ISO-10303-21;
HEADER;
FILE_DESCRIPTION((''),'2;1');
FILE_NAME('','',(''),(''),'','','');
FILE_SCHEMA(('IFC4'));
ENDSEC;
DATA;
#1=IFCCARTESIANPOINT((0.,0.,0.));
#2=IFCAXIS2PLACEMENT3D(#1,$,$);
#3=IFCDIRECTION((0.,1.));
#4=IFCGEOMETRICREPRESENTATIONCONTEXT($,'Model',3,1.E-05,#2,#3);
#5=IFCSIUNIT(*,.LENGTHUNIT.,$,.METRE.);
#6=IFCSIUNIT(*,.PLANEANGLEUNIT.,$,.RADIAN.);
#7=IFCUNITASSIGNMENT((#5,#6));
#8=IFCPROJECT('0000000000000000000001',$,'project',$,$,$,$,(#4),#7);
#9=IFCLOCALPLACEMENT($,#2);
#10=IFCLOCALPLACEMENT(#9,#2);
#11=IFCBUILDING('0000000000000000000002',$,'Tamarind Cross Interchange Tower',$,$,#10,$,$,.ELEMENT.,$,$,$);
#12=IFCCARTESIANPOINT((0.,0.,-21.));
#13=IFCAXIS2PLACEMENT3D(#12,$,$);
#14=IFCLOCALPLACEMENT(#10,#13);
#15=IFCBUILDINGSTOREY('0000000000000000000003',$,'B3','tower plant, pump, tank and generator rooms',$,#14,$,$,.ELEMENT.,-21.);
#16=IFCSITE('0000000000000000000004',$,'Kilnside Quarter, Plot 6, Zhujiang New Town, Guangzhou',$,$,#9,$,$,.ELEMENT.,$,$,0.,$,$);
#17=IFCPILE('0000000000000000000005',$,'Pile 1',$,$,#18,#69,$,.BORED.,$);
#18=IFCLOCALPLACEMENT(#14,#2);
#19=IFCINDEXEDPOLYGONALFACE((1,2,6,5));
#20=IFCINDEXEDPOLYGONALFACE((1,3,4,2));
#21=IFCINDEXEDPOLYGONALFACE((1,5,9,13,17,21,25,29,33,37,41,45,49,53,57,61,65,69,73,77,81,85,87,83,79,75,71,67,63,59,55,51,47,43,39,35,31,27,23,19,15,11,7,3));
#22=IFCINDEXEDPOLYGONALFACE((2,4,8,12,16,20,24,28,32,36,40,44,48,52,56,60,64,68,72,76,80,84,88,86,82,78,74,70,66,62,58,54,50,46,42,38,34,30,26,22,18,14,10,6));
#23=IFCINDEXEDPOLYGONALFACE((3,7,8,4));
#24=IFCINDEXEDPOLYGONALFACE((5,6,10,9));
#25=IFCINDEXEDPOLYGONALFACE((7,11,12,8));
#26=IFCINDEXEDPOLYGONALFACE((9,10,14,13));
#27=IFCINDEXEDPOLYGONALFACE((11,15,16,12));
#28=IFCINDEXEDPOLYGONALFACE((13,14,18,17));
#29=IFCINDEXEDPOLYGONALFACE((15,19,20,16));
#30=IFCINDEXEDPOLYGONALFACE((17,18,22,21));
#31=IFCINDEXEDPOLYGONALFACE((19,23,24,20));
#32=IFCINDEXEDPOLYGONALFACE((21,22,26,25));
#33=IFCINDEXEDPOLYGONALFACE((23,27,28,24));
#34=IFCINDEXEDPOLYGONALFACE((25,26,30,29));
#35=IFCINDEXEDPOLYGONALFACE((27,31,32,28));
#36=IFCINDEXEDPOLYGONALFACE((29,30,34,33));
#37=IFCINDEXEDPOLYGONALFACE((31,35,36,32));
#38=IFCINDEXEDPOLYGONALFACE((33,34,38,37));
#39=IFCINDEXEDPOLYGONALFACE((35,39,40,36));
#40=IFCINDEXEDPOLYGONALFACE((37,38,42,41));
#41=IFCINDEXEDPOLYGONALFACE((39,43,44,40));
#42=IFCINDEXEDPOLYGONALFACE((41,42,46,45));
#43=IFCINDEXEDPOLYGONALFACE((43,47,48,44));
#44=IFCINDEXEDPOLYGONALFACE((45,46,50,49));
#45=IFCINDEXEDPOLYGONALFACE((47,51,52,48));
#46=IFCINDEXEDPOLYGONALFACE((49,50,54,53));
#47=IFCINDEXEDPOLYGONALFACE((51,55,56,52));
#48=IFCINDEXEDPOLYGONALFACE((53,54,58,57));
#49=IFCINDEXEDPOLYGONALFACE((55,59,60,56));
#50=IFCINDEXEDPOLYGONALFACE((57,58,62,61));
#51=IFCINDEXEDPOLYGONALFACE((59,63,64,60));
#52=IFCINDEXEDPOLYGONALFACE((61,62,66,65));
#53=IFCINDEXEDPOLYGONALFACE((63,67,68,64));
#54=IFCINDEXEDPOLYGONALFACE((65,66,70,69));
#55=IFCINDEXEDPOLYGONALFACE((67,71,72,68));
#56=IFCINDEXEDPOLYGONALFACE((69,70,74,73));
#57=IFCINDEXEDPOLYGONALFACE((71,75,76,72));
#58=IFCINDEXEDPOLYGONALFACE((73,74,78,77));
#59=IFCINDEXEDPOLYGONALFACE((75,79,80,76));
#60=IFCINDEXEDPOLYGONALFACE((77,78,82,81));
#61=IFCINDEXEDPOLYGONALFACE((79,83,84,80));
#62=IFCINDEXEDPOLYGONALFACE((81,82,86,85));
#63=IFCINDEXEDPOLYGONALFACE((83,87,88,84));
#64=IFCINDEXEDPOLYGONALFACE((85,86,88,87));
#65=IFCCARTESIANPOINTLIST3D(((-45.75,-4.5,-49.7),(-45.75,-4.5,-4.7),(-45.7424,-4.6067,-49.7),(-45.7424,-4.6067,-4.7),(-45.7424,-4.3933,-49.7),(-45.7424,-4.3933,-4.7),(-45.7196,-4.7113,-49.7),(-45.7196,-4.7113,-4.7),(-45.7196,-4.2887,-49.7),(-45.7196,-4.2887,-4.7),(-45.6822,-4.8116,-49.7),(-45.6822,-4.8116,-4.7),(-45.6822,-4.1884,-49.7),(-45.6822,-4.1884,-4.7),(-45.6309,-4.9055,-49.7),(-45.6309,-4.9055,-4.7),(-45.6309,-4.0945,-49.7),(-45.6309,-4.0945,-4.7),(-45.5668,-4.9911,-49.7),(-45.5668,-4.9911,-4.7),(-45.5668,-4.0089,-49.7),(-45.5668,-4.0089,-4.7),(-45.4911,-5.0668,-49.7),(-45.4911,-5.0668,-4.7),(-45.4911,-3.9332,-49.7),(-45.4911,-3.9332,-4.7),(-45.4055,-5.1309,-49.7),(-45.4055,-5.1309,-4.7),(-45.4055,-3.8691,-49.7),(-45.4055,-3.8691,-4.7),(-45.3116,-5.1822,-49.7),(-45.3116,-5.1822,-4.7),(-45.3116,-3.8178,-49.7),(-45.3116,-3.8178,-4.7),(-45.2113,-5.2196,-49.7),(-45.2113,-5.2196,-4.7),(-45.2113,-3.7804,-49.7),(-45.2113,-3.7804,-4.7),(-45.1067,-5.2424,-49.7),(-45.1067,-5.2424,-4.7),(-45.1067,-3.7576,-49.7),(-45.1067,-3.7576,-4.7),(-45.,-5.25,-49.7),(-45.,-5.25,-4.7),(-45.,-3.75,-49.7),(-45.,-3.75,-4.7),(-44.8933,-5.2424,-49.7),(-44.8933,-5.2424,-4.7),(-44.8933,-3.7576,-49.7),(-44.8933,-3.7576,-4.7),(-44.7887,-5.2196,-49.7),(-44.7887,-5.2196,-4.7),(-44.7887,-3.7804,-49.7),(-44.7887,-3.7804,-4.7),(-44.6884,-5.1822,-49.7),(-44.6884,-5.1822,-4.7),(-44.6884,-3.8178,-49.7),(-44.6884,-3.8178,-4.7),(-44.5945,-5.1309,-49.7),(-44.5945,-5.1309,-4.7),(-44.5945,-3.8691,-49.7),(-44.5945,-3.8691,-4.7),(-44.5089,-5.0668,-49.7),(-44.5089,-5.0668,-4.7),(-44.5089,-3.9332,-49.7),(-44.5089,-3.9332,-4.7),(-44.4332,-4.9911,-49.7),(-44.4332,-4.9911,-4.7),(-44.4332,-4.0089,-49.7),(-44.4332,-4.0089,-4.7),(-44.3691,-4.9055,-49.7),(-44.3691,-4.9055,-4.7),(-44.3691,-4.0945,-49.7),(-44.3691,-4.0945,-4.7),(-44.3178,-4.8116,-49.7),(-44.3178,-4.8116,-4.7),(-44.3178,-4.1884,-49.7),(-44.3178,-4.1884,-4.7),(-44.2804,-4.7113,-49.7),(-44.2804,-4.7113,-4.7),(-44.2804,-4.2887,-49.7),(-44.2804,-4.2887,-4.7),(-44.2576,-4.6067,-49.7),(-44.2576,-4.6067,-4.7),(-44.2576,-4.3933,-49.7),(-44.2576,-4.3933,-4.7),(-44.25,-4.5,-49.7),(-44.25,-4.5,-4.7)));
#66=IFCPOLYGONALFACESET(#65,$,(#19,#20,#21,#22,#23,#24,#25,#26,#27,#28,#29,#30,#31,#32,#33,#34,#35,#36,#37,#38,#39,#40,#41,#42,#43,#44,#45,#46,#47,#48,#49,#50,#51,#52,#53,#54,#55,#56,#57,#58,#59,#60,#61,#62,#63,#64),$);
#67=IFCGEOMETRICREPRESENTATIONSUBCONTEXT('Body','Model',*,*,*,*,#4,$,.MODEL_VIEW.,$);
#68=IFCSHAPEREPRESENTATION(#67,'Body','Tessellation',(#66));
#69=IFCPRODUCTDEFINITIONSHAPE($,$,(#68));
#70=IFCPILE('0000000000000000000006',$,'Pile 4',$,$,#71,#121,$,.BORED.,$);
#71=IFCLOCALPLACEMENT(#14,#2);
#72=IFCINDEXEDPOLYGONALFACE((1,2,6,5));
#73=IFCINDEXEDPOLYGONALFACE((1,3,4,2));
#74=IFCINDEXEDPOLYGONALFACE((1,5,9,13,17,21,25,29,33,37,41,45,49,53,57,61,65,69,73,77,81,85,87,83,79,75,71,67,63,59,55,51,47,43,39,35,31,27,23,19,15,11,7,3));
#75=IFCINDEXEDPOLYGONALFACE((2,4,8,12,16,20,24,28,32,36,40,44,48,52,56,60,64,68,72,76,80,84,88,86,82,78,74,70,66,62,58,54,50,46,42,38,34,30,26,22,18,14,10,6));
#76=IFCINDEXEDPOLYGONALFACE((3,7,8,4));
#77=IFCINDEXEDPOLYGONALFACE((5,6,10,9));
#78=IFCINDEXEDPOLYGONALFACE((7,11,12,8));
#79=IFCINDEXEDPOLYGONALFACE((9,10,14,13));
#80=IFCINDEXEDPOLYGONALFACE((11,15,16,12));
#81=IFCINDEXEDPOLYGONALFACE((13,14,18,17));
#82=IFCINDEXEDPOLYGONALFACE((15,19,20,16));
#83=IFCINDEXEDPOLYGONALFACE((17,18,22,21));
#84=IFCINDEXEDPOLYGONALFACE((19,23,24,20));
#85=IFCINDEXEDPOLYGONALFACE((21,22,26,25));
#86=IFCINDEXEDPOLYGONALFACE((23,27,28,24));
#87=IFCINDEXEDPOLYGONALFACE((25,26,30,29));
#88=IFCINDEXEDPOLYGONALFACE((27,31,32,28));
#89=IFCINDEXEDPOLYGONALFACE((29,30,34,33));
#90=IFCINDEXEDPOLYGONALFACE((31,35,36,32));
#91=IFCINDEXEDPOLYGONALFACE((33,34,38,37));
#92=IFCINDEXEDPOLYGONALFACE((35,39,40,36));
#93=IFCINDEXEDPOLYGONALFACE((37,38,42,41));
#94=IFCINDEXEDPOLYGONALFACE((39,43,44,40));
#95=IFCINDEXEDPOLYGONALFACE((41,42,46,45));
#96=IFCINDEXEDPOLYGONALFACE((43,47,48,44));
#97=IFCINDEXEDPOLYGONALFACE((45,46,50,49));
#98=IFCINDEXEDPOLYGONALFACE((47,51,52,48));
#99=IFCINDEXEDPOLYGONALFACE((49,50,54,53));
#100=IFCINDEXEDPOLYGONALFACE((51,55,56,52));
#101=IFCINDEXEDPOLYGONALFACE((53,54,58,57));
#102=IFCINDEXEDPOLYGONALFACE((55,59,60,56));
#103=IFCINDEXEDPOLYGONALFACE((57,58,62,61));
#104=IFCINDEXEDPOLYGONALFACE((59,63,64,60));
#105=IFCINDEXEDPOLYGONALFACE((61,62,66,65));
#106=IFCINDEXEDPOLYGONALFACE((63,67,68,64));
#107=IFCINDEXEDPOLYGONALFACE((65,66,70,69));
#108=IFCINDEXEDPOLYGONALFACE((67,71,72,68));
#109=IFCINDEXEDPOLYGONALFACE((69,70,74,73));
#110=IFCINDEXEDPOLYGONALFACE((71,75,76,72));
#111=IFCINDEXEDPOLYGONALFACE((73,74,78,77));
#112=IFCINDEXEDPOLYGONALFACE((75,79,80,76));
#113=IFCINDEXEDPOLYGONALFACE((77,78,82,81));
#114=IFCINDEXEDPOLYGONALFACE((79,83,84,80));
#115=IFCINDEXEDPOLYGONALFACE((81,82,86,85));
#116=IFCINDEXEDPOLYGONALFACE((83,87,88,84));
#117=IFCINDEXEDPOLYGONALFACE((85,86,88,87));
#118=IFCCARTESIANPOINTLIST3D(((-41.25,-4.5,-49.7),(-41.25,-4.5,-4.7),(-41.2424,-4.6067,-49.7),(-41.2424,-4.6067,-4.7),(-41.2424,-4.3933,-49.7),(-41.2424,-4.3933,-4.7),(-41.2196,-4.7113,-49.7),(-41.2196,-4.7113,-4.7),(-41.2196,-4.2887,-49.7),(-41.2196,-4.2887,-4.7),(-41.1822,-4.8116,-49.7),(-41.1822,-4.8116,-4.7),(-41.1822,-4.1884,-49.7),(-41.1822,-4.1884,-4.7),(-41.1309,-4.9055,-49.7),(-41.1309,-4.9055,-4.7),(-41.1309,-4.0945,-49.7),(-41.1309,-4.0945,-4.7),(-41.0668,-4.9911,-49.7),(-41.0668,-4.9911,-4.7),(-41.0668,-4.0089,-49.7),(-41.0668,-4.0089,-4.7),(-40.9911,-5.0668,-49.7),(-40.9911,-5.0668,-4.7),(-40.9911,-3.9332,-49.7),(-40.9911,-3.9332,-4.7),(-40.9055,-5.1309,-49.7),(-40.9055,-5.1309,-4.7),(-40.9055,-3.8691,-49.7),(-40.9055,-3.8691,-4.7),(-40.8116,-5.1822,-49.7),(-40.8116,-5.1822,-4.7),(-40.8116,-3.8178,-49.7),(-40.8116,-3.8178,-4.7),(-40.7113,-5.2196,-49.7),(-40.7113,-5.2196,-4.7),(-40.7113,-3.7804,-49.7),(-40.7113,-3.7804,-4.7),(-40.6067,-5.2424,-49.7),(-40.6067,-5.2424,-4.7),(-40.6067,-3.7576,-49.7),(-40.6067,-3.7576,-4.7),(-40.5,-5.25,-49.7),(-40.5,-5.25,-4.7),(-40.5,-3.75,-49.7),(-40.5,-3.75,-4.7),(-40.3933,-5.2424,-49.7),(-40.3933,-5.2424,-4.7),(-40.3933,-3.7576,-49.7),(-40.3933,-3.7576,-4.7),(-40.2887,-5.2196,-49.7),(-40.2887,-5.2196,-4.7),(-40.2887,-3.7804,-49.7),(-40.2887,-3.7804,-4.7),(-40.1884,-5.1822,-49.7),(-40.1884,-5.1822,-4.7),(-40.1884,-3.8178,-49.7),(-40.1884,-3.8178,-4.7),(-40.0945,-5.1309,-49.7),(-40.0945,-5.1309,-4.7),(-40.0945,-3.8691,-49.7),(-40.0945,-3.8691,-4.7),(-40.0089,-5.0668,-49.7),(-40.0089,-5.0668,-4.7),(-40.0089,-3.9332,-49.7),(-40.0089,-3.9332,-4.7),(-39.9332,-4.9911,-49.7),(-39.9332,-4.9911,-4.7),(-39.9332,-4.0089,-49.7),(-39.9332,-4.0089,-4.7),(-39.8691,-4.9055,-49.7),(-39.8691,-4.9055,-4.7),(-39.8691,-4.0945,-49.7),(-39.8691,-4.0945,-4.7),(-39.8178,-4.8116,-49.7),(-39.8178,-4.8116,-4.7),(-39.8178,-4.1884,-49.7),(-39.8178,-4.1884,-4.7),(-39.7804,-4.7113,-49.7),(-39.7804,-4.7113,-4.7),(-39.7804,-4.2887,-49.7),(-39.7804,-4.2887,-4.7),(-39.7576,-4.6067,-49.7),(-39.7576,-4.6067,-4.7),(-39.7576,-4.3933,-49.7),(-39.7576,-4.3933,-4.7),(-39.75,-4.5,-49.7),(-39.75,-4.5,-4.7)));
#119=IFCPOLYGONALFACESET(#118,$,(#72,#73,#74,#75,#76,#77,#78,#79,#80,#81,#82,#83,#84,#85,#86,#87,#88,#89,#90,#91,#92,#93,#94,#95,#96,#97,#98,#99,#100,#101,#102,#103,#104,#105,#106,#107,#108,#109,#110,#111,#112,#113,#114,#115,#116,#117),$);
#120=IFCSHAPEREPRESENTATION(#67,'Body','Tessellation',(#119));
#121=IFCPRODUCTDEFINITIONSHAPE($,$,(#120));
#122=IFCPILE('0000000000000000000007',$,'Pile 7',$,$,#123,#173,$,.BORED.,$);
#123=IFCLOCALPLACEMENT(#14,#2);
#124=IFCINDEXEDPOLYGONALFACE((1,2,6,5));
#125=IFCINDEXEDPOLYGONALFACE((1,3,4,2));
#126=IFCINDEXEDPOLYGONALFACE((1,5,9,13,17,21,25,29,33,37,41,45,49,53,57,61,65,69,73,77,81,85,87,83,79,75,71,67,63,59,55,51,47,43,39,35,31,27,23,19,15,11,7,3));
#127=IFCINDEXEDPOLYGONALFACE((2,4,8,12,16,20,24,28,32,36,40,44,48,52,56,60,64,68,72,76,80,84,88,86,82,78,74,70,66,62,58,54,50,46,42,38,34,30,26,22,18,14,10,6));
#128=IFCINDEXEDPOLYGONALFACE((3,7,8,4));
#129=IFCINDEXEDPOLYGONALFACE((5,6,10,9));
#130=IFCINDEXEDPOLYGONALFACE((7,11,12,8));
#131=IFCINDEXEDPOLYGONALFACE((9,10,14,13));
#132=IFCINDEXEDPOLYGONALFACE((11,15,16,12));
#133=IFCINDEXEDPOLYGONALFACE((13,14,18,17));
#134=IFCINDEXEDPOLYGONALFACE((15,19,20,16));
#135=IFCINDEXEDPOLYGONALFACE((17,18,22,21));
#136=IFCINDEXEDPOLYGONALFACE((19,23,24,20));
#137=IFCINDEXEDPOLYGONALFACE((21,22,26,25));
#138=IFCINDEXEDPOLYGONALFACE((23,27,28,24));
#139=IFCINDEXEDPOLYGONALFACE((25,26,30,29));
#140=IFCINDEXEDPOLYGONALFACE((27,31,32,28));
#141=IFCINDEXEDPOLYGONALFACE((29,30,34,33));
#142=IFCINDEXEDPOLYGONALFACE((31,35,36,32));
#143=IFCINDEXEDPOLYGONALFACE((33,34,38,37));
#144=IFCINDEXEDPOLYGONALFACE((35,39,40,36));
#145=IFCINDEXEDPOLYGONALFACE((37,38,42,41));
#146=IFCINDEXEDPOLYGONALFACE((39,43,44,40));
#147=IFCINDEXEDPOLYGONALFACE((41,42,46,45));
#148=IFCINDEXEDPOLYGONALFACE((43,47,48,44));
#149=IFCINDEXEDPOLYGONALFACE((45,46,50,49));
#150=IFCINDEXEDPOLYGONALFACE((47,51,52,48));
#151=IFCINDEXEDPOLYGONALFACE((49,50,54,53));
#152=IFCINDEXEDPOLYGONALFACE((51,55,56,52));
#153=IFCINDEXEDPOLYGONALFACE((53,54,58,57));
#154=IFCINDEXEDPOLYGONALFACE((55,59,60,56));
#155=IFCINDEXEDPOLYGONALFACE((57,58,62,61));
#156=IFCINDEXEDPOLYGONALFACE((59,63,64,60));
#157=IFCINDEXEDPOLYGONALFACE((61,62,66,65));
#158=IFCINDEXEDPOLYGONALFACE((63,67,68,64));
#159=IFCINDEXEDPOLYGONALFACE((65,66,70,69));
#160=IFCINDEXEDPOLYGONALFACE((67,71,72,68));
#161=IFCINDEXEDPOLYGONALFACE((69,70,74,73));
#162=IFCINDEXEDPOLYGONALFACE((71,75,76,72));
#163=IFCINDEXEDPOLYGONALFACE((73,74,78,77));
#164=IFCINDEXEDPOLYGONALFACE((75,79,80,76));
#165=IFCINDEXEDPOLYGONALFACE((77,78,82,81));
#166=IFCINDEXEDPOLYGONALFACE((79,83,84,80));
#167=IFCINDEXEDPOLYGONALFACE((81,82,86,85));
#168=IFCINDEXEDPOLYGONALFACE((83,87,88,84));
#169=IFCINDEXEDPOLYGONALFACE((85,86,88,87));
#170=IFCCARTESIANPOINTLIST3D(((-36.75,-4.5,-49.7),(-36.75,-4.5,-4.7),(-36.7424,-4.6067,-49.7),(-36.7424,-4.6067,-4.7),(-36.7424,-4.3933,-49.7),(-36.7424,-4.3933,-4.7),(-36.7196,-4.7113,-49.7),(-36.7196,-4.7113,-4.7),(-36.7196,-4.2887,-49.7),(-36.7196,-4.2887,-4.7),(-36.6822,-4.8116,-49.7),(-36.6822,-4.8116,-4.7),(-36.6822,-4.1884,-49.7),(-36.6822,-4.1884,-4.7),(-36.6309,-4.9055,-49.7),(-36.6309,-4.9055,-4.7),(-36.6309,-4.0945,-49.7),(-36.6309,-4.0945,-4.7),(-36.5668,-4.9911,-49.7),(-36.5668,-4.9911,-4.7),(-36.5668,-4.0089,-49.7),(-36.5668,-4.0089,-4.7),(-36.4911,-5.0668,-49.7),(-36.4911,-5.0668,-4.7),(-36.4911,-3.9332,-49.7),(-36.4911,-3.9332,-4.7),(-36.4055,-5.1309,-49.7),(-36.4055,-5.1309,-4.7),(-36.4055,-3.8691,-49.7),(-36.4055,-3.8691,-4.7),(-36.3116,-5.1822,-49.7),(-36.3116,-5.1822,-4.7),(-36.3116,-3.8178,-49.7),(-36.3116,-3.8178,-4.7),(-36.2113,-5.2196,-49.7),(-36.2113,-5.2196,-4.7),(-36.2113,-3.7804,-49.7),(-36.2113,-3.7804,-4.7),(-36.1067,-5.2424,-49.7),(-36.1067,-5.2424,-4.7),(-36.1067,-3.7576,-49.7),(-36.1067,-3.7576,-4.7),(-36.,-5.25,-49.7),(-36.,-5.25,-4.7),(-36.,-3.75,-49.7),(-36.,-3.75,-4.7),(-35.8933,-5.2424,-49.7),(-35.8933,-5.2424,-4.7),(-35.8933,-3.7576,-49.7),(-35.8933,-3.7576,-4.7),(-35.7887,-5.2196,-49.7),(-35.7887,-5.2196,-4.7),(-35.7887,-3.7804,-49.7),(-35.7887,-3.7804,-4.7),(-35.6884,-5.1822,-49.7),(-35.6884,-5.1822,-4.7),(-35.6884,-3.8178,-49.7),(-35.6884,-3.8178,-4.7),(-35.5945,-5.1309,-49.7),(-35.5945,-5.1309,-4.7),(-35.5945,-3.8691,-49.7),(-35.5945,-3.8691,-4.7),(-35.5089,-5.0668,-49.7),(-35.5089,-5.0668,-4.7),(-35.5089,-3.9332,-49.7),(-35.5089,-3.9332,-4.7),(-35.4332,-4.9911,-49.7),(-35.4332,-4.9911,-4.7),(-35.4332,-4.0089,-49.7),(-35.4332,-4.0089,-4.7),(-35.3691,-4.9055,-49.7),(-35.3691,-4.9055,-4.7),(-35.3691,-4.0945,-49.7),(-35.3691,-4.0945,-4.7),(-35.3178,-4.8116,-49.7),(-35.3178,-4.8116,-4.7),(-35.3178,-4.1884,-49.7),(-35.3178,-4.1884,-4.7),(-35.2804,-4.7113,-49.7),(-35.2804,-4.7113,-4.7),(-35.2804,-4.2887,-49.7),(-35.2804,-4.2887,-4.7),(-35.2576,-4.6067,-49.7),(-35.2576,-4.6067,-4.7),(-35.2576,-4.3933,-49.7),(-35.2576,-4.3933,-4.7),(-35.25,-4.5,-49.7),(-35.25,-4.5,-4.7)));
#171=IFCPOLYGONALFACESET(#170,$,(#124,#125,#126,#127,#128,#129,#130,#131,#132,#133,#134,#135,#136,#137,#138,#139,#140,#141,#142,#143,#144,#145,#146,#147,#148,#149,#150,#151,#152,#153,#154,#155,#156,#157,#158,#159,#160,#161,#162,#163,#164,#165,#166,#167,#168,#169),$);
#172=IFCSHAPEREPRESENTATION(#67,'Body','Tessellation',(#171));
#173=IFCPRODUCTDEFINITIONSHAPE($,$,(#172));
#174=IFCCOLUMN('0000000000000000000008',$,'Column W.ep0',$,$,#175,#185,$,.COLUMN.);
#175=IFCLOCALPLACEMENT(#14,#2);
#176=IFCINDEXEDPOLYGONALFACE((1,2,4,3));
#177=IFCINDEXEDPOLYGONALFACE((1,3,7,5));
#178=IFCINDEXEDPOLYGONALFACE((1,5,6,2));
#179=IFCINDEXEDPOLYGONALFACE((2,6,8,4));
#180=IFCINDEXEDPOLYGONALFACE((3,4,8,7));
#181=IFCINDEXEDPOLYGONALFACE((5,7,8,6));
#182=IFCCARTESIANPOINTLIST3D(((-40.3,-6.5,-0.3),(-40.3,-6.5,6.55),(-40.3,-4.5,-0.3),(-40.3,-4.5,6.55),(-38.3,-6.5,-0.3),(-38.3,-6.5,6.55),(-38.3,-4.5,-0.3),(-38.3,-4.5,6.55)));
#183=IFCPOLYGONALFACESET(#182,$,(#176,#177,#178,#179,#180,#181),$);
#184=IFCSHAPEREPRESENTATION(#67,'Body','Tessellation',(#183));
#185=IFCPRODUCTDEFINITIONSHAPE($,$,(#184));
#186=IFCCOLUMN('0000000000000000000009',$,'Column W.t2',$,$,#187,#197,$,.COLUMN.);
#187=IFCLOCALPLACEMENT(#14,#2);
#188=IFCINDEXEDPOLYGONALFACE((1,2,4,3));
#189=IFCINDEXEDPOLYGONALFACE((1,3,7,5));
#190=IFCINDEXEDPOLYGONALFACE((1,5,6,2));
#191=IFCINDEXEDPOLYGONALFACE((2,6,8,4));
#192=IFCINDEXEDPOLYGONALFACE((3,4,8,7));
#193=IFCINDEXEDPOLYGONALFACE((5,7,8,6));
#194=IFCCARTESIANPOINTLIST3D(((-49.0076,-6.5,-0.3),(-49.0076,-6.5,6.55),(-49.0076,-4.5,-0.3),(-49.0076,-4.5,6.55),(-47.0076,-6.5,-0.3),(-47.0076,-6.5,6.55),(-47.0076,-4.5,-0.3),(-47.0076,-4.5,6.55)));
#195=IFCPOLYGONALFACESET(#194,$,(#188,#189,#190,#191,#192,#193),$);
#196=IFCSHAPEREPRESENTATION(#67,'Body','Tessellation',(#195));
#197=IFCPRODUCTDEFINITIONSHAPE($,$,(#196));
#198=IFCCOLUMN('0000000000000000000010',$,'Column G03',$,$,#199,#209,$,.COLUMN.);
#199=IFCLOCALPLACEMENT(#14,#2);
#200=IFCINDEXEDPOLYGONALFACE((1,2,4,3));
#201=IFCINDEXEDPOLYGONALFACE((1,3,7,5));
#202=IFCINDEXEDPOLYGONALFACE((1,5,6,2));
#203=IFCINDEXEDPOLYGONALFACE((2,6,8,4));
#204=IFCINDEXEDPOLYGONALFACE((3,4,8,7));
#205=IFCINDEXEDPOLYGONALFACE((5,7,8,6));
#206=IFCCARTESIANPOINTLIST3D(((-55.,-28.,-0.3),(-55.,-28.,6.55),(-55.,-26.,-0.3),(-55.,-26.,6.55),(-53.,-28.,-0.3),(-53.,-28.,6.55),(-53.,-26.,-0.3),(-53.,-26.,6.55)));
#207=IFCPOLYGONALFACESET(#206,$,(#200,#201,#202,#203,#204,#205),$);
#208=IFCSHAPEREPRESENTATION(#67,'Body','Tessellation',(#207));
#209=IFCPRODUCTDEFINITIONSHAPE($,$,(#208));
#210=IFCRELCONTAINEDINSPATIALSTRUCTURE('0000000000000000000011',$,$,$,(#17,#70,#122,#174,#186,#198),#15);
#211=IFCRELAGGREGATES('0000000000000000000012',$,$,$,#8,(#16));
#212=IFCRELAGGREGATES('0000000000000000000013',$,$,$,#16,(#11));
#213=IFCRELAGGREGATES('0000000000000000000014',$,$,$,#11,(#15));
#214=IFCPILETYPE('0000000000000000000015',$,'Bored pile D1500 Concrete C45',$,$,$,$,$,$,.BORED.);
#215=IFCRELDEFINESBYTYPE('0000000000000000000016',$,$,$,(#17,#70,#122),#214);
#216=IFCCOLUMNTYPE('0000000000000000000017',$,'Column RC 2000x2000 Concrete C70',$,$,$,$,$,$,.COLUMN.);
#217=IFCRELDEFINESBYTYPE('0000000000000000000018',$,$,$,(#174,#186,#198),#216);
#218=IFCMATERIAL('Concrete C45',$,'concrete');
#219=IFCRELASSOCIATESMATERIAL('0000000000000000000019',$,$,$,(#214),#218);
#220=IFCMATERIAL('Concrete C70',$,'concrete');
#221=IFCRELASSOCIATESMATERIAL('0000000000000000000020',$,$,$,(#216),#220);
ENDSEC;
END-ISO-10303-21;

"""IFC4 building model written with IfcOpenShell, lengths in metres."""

from ifc_helpers import new_model, si_unit, direction, frame, origin, origin_2d, place, context, subcontext, project, spatial, rectangle, circle, extrude, material, material_profile, profile_set, type_object, element, save


model = new_model("IFC4")

# Units and contexts
model_context = context("Model", 3, precision=1e-05, world=origin(), true_north=direction((0.0, 1.0)))
body_context = subcontext(model_context, "Body", "Model", "MODEL_VIEW")
ifc_project = project(units=[si_unit("LENGTHUNIT", "METRE"), si_unit("PLANEANGLEUNIT", "RADIAN")], contexts=[model_context])

# Site, building, storey
site_placement = place(None, origin())
site = spatial("IfcSite", under=ifc_project, at=site_placement, Name="Kilnside Quarter, Plot 6, Zhujiang New Town, Guangzhou", CompositionType="ELEMENT", RefElevation=0.0)
building_placement = place(site_placement, origin())
building = spatial("IfcBuilding", under=site, at=building_placement, Name="Tamarind Cross Interchange Tower", CompositionType="ELEMENT")
storey_placement = place(building_placement, frame((0.0, 0.0, -21.0)))
storey = spatial("IfcBuildingStorey", under=building, at=storey_placement, Name="B3", Description="tower plant, pump, tank and generator rooms", CompositionType="ELEMENT", Elevation=-21.0)

# Piles
ifc_material_1 = material(Name="Concrete C45", Category="concrete")
ifc_material_profile_1 = material_profile(ifc_material_1, circle(Radius=0.75, at=origin_2d()), Name="RC D1500")
ifc_profile_set_1 = profile_set([ifc_material_profile_1], Name="Concrete C45")
pile_type = type_object("IfcPileType", Name="Bored pile D1500 Concrete C45", PredefinedType="BORED", material=ifc_profile_set_1)
for number, where, z_axis, x_axis, name in (
    (1, (-45.0, -4.5, -4.7), (0.0, 0.0, -1.0), (1.0, 0.0, 0.0), "Pile 1"),
    (2, (-40.5, -4.5, -4.7), (0.0, 0.0, -1.0), (1.0, 0.0, 0.0), "Pile 4"),
    (3, (-36.0, -4.5, -4.7), (0.0, 0.0, -1.0), (1.0, 0.0, 0.0), "Pile 7"),
):
    element("IfcPile", number, at=place(storey_placement, frame(where, z_axis=z_axis, x_axis=x_axis)), inside=storey, type_object=pile_type, Name=name, PredefinedType="BORED", context=body_context, shape_type="SweptSolid", body=[
        extrude(circle(Radius=0.75, at=origin_2d()), origin(), (0.0, 0.0, 1.0), 45.0),
    ])

# Columns
ifc_material_2 = material(Name="Concrete C70", Category="concrete")
ifc_material_profile_2 = material_profile(ifc_material_2, rectangle(XDim=2.0, YDim=2.0, at=origin_2d()), Name="RC 2000x2000")
ifc_profile_set_2 = profile_set([ifc_material_profile_2], Name="Concrete C70")
column_type = type_object("IfcColumnType", Name="Column RC 2000x2000 Concrete C70", PredefinedType="COLUMN", material=ifc_profile_set_2)
for number, where, z_axis, x_axis, name in (
    (4, (-39.3, -5.5, -0.3), (0.0, 0.0, 1.0), (1.0, 0.0, 0.0), "Column W.ep0"),
    (5, (-48.0076, -5.5, -0.3), (0.0, 0.0, 1.0), (1.0, 0.0, 0.0), "Column W.t2"),
    (6, (-54.0, -27.0, -0.3), (0.0, 0.0, 1.0), (1.0, 0.0, 0.0), "Column G03"),
):
    element("IfcColumn", number, at=place(storey_placement, frame(where, z_axis=z_axis, x_axis=x_axis)), inside=storey, type_object=column_type, Name=name, PredefinedType="COLUMN", context=body_context, shape_type="SweptSolid", body=[
        extrude(rectangle(XDim=2.0, YDim=2.0, at=origin_2d()), origin(), (0.0, 0.0, 1.0), 6.8501),
    ])

save(model, "model.ifc")
